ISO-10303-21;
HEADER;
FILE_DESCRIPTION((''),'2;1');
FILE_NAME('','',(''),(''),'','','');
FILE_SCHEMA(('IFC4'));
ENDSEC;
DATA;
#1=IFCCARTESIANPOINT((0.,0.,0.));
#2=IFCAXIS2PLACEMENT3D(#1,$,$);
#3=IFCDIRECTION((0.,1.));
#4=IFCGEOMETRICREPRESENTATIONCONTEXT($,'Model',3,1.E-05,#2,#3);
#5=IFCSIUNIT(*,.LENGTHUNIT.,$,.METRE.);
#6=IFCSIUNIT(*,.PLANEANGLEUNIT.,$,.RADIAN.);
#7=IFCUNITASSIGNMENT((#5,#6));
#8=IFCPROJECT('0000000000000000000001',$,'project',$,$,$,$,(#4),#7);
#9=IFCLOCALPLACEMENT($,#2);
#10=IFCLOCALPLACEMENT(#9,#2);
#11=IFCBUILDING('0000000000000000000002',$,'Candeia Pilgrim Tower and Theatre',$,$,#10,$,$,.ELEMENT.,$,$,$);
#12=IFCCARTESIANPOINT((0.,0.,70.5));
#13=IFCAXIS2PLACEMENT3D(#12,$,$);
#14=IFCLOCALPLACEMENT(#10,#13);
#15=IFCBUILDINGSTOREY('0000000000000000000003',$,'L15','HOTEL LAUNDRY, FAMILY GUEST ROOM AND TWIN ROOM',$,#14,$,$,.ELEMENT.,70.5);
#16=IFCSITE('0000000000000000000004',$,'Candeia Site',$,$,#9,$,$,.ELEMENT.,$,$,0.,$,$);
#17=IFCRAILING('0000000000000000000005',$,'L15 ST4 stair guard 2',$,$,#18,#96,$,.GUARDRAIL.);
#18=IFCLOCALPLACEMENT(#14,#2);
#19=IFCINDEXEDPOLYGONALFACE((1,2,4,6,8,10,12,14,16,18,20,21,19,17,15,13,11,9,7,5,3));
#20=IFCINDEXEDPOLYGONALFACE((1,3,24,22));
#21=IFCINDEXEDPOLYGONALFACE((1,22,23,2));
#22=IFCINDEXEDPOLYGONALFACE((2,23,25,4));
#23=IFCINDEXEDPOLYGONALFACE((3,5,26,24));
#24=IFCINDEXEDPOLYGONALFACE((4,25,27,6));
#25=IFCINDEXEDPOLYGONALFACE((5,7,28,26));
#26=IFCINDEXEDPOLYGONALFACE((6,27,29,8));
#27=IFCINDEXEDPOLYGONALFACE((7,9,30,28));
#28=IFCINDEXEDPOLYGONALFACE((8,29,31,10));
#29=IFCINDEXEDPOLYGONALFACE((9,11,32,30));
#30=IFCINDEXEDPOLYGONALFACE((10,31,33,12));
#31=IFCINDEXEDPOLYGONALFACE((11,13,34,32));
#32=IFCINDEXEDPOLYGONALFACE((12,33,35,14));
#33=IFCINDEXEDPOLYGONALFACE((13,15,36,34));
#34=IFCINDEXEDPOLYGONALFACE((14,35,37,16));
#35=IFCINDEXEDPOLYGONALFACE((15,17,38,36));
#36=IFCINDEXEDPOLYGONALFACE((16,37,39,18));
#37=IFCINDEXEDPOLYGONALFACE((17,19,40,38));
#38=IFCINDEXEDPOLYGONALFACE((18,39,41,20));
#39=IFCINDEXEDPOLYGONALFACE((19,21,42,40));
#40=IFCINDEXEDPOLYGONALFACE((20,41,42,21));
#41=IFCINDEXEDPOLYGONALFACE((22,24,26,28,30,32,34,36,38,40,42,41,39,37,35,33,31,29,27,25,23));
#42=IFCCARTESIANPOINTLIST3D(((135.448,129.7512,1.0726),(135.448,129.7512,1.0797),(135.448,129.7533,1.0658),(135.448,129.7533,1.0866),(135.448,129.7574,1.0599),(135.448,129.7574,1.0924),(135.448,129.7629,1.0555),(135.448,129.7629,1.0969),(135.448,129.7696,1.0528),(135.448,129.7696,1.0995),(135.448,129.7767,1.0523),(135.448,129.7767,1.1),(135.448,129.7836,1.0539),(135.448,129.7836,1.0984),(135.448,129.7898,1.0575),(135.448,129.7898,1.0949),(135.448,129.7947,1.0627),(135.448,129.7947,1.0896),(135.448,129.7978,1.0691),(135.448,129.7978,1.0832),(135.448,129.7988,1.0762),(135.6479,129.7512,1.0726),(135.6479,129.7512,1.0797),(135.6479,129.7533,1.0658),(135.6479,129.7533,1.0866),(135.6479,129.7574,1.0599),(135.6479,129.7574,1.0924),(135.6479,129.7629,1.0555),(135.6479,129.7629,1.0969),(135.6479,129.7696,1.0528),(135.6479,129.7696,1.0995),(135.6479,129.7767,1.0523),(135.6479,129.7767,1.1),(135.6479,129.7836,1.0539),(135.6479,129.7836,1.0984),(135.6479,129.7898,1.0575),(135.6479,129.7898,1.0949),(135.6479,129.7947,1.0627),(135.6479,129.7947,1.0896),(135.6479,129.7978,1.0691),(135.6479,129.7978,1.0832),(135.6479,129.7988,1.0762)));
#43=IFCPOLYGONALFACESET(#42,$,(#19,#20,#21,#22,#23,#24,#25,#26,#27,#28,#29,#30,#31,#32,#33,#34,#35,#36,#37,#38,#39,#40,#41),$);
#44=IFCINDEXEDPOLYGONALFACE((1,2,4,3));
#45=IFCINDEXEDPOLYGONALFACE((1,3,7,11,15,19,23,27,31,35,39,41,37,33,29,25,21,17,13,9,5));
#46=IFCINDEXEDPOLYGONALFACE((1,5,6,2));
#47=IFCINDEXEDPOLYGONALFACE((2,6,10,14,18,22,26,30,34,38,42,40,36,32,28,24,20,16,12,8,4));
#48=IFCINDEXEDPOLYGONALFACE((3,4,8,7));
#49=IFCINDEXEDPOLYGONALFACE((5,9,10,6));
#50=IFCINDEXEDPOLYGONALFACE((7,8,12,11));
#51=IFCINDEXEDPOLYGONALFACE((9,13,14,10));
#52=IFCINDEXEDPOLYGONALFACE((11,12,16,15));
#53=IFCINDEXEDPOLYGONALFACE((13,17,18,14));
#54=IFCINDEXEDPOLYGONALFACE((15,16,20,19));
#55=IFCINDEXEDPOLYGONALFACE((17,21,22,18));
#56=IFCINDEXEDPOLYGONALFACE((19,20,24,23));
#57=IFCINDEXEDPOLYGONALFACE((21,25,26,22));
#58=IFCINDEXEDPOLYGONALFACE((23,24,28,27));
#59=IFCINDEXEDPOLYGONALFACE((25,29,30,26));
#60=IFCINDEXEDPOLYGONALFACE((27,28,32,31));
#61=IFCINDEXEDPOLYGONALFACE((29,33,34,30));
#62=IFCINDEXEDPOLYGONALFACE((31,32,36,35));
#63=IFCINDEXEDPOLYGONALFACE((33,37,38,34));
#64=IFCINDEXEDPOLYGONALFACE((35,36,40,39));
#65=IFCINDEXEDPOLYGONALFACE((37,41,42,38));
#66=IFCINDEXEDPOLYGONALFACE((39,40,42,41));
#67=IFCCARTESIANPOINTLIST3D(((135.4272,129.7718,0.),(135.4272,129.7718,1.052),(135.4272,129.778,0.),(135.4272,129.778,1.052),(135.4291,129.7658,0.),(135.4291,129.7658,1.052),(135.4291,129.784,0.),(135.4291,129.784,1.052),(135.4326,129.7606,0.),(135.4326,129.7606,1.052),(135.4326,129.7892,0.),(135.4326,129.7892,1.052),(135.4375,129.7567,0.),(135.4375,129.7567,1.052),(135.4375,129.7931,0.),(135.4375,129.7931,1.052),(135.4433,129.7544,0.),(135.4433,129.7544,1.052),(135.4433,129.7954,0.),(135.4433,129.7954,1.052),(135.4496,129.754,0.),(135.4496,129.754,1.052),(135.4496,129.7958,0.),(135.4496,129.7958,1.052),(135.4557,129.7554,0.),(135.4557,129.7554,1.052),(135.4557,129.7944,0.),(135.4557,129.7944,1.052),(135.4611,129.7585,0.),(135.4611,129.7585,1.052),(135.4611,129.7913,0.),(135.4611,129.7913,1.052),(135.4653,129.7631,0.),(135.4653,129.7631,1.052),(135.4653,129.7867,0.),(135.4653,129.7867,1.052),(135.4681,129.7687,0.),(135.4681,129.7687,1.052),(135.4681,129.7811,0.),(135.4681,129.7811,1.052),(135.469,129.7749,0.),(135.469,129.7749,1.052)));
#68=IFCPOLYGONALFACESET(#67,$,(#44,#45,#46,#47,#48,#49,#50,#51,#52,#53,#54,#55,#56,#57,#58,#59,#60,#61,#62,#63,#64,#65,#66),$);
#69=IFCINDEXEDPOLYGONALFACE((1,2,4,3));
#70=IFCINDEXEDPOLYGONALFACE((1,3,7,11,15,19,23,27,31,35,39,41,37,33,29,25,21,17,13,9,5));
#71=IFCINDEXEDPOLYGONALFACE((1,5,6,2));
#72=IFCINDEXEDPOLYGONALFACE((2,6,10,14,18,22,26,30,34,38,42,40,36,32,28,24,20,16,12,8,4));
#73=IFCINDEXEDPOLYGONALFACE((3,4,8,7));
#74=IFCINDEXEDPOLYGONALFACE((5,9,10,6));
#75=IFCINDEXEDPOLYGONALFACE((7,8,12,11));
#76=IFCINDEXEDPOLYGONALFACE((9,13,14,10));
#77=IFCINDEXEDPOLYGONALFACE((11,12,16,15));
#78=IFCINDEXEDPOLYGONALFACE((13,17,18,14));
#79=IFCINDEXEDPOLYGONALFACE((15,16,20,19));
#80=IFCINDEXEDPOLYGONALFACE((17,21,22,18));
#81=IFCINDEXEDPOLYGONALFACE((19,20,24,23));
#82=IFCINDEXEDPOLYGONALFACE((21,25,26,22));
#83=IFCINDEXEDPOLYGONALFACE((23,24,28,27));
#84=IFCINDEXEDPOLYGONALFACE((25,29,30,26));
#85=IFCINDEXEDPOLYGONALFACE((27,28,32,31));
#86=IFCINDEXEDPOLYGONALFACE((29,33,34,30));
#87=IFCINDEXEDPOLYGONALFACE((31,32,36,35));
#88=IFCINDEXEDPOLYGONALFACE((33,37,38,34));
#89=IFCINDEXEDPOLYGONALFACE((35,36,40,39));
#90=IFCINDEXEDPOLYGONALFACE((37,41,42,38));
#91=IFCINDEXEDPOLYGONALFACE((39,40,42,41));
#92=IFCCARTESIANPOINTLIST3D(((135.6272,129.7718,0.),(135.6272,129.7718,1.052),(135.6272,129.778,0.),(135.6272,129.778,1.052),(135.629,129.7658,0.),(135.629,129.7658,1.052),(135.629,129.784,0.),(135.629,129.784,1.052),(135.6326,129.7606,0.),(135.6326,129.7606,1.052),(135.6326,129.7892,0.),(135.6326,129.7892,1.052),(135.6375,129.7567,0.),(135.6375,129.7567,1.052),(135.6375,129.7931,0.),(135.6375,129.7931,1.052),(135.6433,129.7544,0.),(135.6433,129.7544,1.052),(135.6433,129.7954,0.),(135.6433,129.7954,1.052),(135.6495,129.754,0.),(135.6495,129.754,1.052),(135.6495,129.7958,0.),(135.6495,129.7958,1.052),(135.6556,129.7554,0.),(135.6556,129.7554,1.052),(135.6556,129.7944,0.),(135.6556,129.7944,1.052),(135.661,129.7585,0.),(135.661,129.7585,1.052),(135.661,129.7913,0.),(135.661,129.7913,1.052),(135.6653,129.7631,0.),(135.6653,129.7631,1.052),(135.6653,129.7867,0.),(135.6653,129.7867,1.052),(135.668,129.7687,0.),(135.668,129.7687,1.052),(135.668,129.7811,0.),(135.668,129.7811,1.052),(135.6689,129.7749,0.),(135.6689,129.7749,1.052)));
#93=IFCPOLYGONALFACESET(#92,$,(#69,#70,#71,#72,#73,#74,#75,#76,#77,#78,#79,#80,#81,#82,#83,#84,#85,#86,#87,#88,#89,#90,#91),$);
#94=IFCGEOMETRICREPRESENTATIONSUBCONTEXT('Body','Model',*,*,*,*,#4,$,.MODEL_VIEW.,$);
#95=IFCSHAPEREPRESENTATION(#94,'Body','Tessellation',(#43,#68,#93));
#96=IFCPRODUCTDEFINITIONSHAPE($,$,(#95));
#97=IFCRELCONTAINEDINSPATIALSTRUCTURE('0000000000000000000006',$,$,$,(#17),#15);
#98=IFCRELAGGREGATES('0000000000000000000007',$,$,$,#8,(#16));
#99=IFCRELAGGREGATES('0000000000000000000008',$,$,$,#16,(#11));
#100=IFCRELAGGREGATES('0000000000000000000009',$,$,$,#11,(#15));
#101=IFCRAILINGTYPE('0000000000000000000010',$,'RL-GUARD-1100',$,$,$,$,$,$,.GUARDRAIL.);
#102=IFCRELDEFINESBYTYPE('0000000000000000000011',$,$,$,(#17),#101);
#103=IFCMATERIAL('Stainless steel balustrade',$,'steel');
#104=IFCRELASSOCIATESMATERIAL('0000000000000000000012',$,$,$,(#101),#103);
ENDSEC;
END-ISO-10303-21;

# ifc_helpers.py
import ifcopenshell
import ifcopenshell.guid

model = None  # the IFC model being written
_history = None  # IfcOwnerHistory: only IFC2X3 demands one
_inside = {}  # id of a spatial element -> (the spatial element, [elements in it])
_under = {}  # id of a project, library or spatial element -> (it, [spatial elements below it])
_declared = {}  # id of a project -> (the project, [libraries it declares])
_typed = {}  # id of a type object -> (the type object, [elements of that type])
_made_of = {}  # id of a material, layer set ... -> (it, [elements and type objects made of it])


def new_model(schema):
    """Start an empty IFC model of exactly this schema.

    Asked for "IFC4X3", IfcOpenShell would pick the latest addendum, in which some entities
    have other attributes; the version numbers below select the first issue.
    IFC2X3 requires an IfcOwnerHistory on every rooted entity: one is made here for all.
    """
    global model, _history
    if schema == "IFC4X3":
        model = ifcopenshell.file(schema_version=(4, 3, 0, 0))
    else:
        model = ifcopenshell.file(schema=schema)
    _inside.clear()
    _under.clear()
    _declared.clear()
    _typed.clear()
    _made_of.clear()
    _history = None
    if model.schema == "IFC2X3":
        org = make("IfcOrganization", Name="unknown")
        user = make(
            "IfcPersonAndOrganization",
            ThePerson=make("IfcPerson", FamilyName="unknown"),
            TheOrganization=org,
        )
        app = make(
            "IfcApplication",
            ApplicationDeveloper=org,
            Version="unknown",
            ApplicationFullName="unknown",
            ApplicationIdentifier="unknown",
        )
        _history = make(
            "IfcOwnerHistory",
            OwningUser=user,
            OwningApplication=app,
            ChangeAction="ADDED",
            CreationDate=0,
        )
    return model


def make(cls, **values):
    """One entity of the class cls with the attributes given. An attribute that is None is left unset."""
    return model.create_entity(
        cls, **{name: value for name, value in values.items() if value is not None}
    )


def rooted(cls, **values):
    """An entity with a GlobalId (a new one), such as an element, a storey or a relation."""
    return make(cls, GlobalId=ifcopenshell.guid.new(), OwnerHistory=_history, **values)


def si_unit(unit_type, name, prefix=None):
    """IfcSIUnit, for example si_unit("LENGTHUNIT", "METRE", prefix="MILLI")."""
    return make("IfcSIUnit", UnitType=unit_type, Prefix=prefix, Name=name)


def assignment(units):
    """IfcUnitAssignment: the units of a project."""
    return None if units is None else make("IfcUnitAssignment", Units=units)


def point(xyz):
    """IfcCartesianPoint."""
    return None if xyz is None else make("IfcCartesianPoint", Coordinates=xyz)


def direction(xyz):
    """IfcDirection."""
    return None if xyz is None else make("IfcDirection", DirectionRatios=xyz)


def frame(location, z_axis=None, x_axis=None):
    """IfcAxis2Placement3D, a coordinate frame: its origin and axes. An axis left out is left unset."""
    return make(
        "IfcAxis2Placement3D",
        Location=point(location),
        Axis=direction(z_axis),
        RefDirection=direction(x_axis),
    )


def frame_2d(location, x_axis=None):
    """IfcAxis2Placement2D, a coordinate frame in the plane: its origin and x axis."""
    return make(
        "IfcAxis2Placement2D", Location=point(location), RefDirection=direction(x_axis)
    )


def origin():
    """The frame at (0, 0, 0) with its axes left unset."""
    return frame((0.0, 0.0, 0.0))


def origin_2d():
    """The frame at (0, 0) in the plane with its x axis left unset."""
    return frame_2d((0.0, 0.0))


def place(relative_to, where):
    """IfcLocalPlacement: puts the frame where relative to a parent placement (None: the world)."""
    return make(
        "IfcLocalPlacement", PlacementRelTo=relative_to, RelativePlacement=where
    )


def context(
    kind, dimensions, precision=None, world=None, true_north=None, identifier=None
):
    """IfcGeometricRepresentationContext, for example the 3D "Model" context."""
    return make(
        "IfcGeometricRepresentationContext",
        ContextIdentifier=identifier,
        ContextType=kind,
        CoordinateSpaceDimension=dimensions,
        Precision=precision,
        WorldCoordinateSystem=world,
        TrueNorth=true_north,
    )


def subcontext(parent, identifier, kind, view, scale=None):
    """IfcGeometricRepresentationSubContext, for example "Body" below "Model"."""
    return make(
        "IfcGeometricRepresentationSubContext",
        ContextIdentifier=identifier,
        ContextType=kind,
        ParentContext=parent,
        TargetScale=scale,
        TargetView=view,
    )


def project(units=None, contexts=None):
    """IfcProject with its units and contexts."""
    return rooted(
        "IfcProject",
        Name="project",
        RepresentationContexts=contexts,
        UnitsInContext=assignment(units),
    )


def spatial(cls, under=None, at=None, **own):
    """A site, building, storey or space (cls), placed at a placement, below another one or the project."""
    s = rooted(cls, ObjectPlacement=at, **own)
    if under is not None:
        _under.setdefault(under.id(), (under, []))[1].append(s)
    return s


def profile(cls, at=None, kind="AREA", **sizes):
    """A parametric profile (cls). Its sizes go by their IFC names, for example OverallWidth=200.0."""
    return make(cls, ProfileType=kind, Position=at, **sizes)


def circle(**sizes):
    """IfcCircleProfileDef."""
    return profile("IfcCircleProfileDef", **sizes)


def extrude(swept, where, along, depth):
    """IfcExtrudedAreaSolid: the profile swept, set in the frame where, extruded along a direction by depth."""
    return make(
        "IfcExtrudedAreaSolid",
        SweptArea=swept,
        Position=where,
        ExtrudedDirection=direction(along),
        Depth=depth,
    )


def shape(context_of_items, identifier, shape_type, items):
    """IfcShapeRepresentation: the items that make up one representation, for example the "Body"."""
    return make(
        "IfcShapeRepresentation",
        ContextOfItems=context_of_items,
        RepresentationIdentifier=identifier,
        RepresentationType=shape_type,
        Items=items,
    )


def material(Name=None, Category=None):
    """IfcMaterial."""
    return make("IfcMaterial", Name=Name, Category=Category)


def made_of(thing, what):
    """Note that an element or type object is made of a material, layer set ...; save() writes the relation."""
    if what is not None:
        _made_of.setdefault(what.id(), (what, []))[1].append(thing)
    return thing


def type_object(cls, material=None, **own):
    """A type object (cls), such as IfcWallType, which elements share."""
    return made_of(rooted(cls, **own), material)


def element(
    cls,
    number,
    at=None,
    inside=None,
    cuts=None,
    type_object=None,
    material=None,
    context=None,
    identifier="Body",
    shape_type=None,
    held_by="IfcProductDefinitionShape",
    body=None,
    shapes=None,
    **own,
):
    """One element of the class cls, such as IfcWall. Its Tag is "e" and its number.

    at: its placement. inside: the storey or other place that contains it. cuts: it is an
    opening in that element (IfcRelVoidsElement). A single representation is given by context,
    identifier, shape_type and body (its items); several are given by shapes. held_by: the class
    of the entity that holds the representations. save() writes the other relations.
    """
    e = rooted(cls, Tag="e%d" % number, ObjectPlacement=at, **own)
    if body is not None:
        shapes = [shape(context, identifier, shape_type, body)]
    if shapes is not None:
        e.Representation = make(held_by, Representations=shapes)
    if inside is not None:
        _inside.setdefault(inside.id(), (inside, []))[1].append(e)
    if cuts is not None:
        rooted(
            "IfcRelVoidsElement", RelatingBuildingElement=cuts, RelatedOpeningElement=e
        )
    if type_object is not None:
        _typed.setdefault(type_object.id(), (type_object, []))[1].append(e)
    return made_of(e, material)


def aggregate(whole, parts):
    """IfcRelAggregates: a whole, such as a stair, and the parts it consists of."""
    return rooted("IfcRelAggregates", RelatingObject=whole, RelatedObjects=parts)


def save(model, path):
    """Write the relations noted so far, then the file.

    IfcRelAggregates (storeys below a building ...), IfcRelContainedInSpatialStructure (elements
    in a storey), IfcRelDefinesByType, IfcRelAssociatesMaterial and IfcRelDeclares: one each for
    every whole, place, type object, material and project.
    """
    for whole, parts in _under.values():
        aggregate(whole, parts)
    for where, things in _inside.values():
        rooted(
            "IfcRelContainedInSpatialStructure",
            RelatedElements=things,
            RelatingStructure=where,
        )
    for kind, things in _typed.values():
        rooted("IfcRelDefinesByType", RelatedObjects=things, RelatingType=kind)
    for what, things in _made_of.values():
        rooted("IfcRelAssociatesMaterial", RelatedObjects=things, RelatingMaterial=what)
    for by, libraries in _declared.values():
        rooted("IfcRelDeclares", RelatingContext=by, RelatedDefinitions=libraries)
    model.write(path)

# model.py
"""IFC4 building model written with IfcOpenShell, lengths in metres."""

from ifc_helpers import new_model, si_unit, direction, frame, origin, origin_2d, place, context, subcontext, project, spatial, circle, extrude, material, type_object, element, save


model = new_model("IFC4")

# Units and contexts
model_context = context("Model", 3, precision=1e-05, world=origin(), true_north=direction((0.0, 1.0)))
body_context = subcontext(model_context, "Body", "Model", "MODEL_VIEW")
ifc_project = project(units=[si_unit("LENGTHUNIT", "METRE"), si_unit("PLANEANGLEUNIT", "RADIAN")], contexts=[model_context])

# Site, building, storey
site_placement = place(None, origin())
site = spatial("IfcSite", under=ifc_project, at=site_placement, Name="Candeia Site", CompositionType="ELEMENT", RefElevation=0.0)
building_placement = place(site_placement, origin())
building = spatial("IfcBuilding", under=site, at=building_placement, Name="Candeia Pilgrim Tower and Theatre", CompositionType="ELEMENT")
storey_placement = place(building_placement, frame((0.0, 0.0, 70.5)))
storey = spatial("IfcBuildingStorey", under=building, at=storey_placement, Name="L15", Description="HOTEL LAUNDRY, FAMILY GUEST ROOM AND TWIN ROOM", CompositionType="ELEMENT", Elevation=70.5)

# Railing
ifc_material_1 = material(Name="Stainless steel balustrade", Category="steel")
railing_type_1 = type_object("IfcRailingType", Name="RL-GUARD-1100", PredefinedType="GUARDRAIL", material=ifc_material_1)
railing_1_placement = place(storey_placement, frame((135.448, 129.7749, 0.0)))
element("IfcRailing", 1, at=railing_1_placement, inside=storey, type_object=railing_type_1, Name="L15 ST4 stair guard 2", PredefinedType="GUARDRAIL", context=body_context, shape_type="SweptSolid", body=[
    extrude(circle(Radius=0.0239, at=origin_2d()), frame((0.0, 0.0, 1.0762), z_axis=(1.0, 0.0, 0.0), x_axis=(0.0, 1.0, 0.0)), (0.0, 0.0, 1.0), 0.2),
    extrude(circle(Radius=0.021, at=origin_2d()), origin(), (0.0, 0.0, 1.0), 1.052),
    extrude(circle(Radius=0.021, at=origin_2d()), frame((0.2, 0.0, 0.0)), (0.0, 0.0, 1.0), 1.052),
])

save(model, "model.ifc")
